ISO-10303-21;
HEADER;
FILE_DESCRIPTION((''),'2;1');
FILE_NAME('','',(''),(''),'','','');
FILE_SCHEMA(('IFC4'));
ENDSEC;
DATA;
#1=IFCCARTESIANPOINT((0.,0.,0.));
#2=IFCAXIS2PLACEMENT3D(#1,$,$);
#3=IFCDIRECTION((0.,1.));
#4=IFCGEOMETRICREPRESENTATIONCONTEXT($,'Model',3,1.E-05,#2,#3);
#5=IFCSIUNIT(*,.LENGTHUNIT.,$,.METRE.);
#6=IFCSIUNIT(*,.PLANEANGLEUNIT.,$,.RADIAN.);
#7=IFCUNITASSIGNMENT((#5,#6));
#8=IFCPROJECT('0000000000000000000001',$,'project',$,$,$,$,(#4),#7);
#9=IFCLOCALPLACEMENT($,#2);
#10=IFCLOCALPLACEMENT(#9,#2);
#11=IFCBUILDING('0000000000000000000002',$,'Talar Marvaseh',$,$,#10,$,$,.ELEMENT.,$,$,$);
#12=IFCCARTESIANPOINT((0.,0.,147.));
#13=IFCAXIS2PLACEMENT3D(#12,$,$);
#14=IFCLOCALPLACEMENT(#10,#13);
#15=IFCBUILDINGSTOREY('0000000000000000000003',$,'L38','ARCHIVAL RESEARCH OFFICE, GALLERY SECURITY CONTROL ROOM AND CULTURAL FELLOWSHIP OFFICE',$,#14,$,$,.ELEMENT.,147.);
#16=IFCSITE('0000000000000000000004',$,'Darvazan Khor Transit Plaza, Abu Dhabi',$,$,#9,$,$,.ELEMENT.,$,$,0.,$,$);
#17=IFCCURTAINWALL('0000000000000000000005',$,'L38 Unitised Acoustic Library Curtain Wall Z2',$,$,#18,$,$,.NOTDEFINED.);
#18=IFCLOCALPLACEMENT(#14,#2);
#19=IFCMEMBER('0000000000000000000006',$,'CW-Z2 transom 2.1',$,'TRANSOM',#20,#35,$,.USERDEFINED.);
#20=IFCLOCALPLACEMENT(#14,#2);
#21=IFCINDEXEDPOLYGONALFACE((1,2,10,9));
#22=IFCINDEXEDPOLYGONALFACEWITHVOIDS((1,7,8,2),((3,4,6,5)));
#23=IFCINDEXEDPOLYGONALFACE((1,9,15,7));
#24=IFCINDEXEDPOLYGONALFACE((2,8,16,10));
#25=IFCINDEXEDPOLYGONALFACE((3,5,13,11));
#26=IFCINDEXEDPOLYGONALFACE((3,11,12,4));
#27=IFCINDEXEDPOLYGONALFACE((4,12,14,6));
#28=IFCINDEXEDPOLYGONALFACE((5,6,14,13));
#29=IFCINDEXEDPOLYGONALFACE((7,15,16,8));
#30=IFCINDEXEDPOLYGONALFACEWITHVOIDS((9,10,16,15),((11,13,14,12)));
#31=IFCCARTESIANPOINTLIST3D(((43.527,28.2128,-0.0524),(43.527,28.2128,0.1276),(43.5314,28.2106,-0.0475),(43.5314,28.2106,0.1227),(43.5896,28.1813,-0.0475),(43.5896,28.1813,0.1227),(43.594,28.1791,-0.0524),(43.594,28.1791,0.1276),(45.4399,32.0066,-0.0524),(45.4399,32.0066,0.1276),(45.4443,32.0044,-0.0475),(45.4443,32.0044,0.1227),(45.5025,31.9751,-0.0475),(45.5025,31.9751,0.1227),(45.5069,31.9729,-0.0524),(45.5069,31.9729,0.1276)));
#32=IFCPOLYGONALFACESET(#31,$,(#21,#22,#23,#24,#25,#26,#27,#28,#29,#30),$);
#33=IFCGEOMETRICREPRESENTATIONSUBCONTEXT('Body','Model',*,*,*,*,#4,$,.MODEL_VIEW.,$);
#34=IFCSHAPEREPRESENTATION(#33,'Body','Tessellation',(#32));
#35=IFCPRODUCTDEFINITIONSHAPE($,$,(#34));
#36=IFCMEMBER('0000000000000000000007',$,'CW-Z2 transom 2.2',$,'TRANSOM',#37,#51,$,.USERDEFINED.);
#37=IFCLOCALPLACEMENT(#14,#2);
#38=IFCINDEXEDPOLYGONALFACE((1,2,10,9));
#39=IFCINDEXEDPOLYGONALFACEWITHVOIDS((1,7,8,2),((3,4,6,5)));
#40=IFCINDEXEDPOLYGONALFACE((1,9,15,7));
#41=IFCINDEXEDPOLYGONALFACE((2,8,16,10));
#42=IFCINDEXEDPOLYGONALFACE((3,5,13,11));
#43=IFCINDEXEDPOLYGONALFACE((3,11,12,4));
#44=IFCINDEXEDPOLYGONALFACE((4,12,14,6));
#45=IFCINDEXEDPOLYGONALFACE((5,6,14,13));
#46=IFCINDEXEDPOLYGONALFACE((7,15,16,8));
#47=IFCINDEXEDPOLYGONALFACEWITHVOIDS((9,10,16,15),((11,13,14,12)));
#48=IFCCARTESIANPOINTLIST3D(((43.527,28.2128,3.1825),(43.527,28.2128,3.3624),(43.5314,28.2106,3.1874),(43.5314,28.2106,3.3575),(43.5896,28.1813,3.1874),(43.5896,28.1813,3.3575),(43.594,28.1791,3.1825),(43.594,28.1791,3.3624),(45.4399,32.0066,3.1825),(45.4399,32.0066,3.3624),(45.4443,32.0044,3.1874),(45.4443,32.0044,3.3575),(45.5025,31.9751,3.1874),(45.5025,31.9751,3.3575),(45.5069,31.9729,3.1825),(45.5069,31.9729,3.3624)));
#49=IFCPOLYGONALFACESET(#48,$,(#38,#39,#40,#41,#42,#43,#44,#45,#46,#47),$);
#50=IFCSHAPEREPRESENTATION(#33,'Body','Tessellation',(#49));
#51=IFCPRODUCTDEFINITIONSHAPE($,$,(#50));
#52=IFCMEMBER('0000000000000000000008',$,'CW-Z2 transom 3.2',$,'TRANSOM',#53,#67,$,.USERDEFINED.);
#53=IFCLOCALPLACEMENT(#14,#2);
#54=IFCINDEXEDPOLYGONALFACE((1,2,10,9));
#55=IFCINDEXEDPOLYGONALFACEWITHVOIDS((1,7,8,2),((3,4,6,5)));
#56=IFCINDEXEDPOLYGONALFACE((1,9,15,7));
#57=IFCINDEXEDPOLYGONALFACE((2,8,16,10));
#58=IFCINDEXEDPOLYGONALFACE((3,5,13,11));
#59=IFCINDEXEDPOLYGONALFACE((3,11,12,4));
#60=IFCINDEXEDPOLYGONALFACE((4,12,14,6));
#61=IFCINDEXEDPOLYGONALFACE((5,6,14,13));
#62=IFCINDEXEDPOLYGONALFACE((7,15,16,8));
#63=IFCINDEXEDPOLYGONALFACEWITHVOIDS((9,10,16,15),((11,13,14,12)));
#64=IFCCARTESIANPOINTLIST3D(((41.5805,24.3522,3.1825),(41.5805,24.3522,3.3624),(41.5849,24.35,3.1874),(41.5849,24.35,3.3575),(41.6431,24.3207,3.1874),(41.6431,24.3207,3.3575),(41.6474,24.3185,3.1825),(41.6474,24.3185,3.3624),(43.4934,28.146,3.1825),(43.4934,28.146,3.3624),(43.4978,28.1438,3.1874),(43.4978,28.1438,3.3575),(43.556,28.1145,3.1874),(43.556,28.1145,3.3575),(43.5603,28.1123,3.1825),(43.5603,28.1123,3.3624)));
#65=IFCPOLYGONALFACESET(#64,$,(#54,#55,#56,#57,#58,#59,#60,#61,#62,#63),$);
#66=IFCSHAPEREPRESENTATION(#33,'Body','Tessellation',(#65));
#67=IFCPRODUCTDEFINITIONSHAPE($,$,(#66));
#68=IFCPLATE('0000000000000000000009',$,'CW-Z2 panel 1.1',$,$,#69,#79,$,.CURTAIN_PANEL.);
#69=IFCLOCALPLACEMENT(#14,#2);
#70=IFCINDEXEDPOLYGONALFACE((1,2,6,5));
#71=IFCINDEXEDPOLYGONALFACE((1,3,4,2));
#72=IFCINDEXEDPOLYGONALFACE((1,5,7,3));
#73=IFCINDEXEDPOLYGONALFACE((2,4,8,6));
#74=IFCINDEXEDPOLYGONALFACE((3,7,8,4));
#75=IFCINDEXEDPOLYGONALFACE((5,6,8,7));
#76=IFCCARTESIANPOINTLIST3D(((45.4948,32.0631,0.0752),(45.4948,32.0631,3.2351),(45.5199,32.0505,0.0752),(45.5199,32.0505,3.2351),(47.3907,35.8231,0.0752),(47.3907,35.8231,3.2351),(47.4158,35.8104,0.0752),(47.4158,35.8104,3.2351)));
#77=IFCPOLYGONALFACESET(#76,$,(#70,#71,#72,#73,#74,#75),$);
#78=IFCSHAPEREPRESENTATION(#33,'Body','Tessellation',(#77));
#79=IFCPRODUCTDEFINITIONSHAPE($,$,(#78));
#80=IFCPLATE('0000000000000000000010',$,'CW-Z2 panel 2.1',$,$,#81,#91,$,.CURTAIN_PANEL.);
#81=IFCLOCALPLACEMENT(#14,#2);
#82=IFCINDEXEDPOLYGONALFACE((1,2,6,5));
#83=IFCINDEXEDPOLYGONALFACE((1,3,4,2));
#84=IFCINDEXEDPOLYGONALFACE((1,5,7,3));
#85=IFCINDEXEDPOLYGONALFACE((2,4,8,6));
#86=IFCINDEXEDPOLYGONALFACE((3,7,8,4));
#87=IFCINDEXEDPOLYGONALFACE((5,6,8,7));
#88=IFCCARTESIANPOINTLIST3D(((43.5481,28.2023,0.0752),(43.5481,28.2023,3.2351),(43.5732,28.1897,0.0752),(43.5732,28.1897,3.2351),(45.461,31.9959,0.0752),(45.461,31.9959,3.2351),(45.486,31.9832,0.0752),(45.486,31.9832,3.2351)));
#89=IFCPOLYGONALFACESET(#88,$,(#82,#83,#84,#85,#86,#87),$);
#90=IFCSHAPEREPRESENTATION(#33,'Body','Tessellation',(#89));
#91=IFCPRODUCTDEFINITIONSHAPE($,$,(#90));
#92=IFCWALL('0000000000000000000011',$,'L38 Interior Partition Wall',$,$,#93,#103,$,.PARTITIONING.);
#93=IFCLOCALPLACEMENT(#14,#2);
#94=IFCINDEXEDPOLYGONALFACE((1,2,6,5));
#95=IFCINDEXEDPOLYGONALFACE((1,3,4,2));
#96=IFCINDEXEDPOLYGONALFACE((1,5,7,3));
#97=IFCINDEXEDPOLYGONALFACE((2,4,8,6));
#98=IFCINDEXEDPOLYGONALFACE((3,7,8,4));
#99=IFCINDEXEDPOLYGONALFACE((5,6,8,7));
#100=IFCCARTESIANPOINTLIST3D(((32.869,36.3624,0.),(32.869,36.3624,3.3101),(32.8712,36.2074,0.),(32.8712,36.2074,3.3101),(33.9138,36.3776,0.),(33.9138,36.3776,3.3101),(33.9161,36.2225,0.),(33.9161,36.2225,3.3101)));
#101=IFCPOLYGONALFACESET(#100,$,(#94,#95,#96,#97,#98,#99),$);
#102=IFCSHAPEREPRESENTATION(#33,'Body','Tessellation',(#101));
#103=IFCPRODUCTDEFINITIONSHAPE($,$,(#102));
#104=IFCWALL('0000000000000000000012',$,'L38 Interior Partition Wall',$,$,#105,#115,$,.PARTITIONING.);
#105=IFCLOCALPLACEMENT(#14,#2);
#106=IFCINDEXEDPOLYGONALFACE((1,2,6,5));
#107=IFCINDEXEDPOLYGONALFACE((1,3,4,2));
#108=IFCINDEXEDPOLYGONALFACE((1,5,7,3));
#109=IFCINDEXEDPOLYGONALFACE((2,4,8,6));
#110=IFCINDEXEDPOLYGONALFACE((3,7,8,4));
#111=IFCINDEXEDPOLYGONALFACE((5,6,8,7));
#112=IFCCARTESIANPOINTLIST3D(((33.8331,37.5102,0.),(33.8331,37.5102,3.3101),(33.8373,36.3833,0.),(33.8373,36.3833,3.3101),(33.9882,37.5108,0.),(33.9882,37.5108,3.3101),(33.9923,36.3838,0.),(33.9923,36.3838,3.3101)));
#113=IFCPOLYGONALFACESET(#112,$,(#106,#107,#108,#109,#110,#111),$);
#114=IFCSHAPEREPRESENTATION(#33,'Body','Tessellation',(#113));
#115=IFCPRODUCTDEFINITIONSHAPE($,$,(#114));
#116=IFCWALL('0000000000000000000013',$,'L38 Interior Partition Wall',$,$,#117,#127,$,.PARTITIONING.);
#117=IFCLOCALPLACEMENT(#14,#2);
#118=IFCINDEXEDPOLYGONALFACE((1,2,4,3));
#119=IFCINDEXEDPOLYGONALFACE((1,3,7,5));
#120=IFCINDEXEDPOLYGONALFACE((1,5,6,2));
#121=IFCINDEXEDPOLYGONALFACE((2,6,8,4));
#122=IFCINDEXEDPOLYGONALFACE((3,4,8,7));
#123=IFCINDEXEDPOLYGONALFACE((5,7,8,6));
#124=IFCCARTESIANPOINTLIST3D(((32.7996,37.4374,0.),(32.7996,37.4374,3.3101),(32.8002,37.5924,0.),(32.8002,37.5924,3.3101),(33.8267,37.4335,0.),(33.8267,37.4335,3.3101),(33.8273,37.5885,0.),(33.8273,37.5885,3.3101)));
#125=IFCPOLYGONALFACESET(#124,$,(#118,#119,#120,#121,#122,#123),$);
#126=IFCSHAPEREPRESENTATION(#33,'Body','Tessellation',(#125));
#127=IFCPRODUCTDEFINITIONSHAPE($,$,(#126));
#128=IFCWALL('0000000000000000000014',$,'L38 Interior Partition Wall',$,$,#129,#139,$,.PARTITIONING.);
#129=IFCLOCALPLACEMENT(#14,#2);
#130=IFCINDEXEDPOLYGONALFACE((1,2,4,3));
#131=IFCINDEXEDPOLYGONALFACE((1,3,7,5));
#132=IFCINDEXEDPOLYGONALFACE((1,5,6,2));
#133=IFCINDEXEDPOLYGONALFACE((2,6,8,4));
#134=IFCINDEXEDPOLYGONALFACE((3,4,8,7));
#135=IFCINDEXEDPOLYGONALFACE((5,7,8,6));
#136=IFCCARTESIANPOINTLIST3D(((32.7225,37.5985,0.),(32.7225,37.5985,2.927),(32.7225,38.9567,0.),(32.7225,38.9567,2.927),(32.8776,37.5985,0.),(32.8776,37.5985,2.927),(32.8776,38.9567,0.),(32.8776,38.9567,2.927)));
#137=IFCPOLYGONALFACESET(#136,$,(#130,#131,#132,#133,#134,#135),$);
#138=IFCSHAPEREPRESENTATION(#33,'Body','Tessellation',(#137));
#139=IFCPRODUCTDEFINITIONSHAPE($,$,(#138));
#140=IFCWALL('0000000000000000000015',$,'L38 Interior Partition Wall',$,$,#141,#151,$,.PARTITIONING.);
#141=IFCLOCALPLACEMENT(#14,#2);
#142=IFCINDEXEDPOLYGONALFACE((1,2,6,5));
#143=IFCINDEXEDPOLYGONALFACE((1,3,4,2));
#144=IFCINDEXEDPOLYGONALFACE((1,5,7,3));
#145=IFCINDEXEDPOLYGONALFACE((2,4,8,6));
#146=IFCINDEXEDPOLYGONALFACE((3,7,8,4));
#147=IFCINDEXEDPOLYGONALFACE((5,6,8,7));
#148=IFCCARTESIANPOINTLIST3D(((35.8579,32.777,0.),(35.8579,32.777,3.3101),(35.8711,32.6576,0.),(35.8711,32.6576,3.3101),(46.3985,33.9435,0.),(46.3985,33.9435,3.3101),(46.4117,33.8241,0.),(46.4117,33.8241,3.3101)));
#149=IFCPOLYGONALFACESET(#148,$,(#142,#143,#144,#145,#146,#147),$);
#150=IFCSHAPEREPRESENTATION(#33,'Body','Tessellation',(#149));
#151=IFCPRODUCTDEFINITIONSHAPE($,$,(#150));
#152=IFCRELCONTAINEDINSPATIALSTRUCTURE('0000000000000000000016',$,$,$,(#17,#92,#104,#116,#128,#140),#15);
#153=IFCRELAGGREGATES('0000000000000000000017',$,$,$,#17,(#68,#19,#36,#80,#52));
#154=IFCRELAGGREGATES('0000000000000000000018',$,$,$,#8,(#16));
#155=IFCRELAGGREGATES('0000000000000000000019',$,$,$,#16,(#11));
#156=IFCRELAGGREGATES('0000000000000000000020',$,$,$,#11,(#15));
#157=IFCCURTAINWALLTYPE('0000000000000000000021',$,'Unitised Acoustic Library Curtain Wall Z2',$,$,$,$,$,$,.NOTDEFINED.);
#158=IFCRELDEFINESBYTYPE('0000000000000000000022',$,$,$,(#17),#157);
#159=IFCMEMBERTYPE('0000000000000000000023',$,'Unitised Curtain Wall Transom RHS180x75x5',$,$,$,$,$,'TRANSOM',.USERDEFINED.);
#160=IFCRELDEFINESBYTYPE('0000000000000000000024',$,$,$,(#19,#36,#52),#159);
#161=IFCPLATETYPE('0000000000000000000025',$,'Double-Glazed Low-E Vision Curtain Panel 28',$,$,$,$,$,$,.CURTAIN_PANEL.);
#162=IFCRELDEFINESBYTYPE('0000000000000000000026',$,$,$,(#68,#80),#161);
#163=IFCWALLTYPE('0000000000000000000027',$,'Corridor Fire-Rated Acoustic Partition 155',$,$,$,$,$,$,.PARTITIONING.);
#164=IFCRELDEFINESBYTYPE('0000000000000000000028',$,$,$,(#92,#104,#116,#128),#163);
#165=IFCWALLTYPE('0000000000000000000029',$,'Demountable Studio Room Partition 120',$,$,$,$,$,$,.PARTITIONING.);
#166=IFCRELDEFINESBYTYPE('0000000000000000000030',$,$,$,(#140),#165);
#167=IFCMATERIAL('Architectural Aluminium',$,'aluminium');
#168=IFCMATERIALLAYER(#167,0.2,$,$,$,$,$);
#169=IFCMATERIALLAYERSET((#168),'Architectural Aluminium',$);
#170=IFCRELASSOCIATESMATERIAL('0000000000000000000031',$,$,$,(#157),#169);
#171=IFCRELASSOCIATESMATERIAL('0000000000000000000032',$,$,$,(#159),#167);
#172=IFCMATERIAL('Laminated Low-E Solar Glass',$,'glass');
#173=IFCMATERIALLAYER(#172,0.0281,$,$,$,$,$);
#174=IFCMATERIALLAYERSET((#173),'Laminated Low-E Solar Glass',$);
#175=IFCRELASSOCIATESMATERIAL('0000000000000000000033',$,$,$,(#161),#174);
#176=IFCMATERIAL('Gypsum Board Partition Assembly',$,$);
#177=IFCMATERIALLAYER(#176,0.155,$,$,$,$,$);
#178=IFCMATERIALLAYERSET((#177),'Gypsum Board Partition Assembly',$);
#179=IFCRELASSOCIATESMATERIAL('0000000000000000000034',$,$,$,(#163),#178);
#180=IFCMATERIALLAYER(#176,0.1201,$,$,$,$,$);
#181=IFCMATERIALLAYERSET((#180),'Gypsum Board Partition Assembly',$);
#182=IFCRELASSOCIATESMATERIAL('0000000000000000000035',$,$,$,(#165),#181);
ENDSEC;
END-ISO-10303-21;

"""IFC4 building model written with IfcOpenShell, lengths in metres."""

from ifc_helpers import new_model, si_unit, direction, frame, frame_2d, origin, origin_2d, place, context, subcontext, project, spatial, rectangle, hollow_rectangle, extrude, source, transform, mapped, material, layer, layer_set, material_profile, profile_set, type_object, type_shapes, element, aggregate, save


model = new_model("IFC4")

# Units and contexts
model_context = context("Model", 3, precision=1e-05, world=origin(), true_north=direction((0.0, 1.0)))
body_context = subcontext(model_context, "Body", "Model", "MODEL_VIEW")
ifc_project = project(units=[si_unit("LENGTHUNIT", "METRE"), si_unit("PLANEANGLEUNIT", "RADIAN")], contexts=[model_context])

# Site, building, storey
site_placement = place(None, origin())
site = spatial("IfcSite", under=ifc_project, at=site_placement, Name="Darvazan Khor Transit Plaza, Abu Dhabi", CompositionType="ELEMENT", RefElevation=0.0)
building_placement = place(site_placement, origin())
building = spatial("IfcBuilding", under=site, at=building_placement, Name="Talar Marvaseh", CompositionType="ELEMENT")
storey_placement = place(building_placement, frame((0.0, 0.0, 147.0)))
storey = spatial("IfcBuildingStorey", under=building, at=storey_placement, Name="L38", Description="ARCHIVAL RESEARCH OFFICE, GALLERY SECURITY CONTROL ROOM AND CULTURAL FELLOWSHIP OFFICE", CompositionType="ELEMENT", Elevation=147.0)

# Curtain wall, members, plates
ifc_material_1 = material(Name="Architectural Aluminium", Category="aluminium")
ifc_layer_1 = layer(ifc_material_1, 0.2)
ifc_layer_set_1 = layer_set([ifc_layer_1], Name="Architectural Aluminium")
curtain_wall_type = type_object("IfcCurtainWallType", Name="Unitised Acoustic Library Curtain Wall Z2", PredefinedType="NOTDEFINED", material=ifc_layer_set_1)
curtain_wall_placement = place(storey_placement, origin())
curtain_wall = element("IfcCurtainWall", 1, at=curtain_wall_placement, inside=storey, type_object=curtain_wall_type, Name="L38 Unitised Acoustic Library Curtain Wall Z2", PredefinedType="NOTDEFINED")
ifc_material_profile_1 = material_profile(ifc_material_1, hollow_rectangle(XDim=0.075, YDim=0.1799, WallThickness=0.0049, at=origin_2d()), Name="RHS180x75x5")
ifc_profile_set_1 = profile_set([ifc_material_profile_1], Name="Architectural Aluminium")
member_type_1 = type_object("IfcMemberType", Name="Unitised Curtain Wall Transom RHS180x75x5", ElementType="TRANSOM", PredefinedType="USERDEFINED", material=ifc_profile_set_1)
shared_shape_1 = source(origin(), body_context, "Body", "SweptSolid", [
    extrude(hollow_rectangle(XDim=0.075, YDim=0.1799, WallThickness=0.0049, at=origin_2d()), origin(), (0.0, 0.0, 1.0), 4.2488),
])
member_1_placement = place(storey_placement, frame((45.4734, 31.9897, 0.0376), z_axis=(-0.450222, -0.892917, 0.0), x_axis=(0.892917, -0.450222, 0.0)))
member_1 = element("IfcMember", 2, at=member_1_placement, type_object=member_type_1, Name="CW-Z2 transom 2.1", ObjectType="TRANSOM", PredefinedType="USERDEFINED", context=body_context, shape_type="MappedRepresentation", body=[
    mapped(shared_shape_1, transform((0.0, 0.0, 0.0), x_axis=(1.0, 0.0, 0.0), y_axis=(0.0, 1.0, 0.0), z_axis=(0.0, 0.0, 1.0), scale=1.0)),
])
member_2_placement = place(storey_placement, frame((45.4734, 31.9897, 3.2725), z_axis=(-0.450222, -0.892917, 0.0), x_axis=(0.892917, -0.450222, 0.0)))
member_2 = element("IfcMember", 3, at=member_2_placement, type_object=member_type_1, Name="CW-Z2 transom 2.2", ObjectType="TRANSOM", PredefinedType="USERDEFINED", context=body_context, shape_type="MappedRepresentation", body=[
    mapped(shared_shape_1, transform((0.0, 0.0, 0.0), x_axis=(1.0, 0.0, 0.0), y_axis=(0.0, 1.0, 0.0), z_axis=(0.0, 0.0, 1.0), scale=1.0)),
])
member_3_placement = place(storey_placement, frame((43.5269, 28.1292, 3.2725), z_axis=(-0.450222, -0.892917, 0.0), x_axis=(0.892917, -0.450222, 0.0)))
member_3 = element("IfcMember", 4, at=member_3_placement, type_object=member_type_1, Name="CW-Z2 transom 3.2", ObjectType="TRANSOM", PredefinedType="USERDEFINED", context=body_context, shape_type="MappedRepresentation", body=[
    mapped(shared_shape_1, transform((0.0, 0.0, 0.0), x_axis=(1.0, 0.0, 0.0), y_axis=(0.0, 1.0, 0.0), z_axis=(0.0, 0.0, 1.0), scale=1.0)),
])
ifc_material_2 = material(Name="Laminated Low-E Solar Glass", Category="glass")
ifc_layer_2 = layer(ifc_material_2, 0.0281)
ifc_layer_set_2 = layer_set([ifc_layer_2], Name="Laminated Low-E Solar Glass")
plate_type = type_object("IfcPlateType", Name="Double-Glazed Low-E Vision Curtain Panel 28", PredefinedType="CURTAIN_PANEL", material=ifc_layer_set_2)
shared_shape_2 = source(origin(), body_context, "Body", "SweptSolid", [
    extrude(rectangle(XDim=4.2109, YDim=0.0281, at=origin_2d()), origin(), (0.0, 0.0, 1.0), 3.1599),
])
plate_1_placement = place(storey_placement, frame((46.4553, 33.9368, 0.0752), z_axis=(0.0, 0.0, 1.0), x_axis=(-0.450236, -0.892909, 0.0)))
plate_1 = element("IfcPlate", 5, at=plate_1_placement, type_object=plate_type, Name="CW-Z2 panel 1.1", PredefinedType="CURTAIN_PANEL", context=body_context, shape_type="MappedRepresentation", body=[
    mapped(shared_shape_2, transform((0.0, 0.0, 0.0), x_axis=(1.0, 0.0, 0.0), y_axis=(0.0, 1.0, 0.0), z_axis=(0.0, 0.0, 1.0), scale=1.0)),
])
shared_shape_3 = source(origin(), body_context, "Body", "SweptSolid", [
    extrude(rectangle(XDim=4.2485, YDim=0.0281, at=origin_2d()), origin(), (0.0, 0.0, 1.0), 3.1599),
])
type_shapes(plate_type, [shared_shape_2, shared_shape_3])
plate_2_placement = place(storey_placement, frame((44.5171, 30.0928, 0.0752), z_axis=(0.0, 0.0, 1.0), x_axis=(-0.450236, -0.892909, 0.0)))
plate_2 = element("IfcPlate", 6, at=plate_2_placement, type_object=plate_type, Name="CW-Z2 panel 2.1", PredefinedType="CURTAIN_PANEL", context=body_context, shape_type="MappedRepresentation", body=[
    mapped(shared_shape_3, transform((0.0, 0.0, 0.0), x_axis=(1.0, 0.0, 0.0), y_axis=(0.0, 1.0, 0.0), z_axis=(0.0, 0.0, 1.0), scale=1.0)),
])
aggregate(curtain_wall, [plate_1, member_1, member_2, plate_2, member_3])

# Walls
ifc_material_3 = material(Name="Gypsum Board Partition Assembly")
ifc_layer_3 = layer(ifc_material_3, 0.155)
ifc_layer_set_3 = layer_set([ifc_layer_3], Name="Gypsum Board Partition Assembly")
wall_type_1 = type_object("IfcWallType", Name="Corridor Fire-Rated Acoustic Partition 155", PredefinedType="PARTITIONING", material=ifc_layer_set_3)
wall_1_placement = place(storey_placement, frame((32.8701, 36.2849, 0.0), z_axis=(0.0, 0.0, 1.0), x_axis=(0.999895, 0.014484, 0.0)))
element("IfcWall", 7, at=wall_1_placement, inside=storey, type_object=wall_type_1, Name="L38 Interior Partition Wall", PredefinedType="PARTITIONING", context=body_context, shape_type="SweptSolid", body=[
    extrude(rectangle(XDim=1.0449, YDim=0.155, at=frame_2d((0.5225, 0.0))), origin(), (0.0, 0.0, 1.0), 3.3101),
])
wall_2_placement = place(storey_placement, frame((33.9148, 36.3835, 0.0), z_axis=(0.0, 0.0, 1.0), x_axis=(-0.003683, 0.999993, 0.0)))
element("IfcWall", 8, at=wall_2_placement, inside=storey, type_object=wall_type_1, Name="L38 Interior Partition Wall", PredefinedType="PARTITIONING", context=body_context, shape_type="SweptSolid", body=[
    extrude(rectangle(XDim=1.127, YDim=0.155, at=frame_2d((0.5635, 0.0))), origin(), (0.0, 0.0, 1.0), 3.3101),
])
wall_3_placement = place(storey_placement, frame((33.8271, 37.511, 0.0), z_axis=(0.0, 0.0, 1.0), x_axis=(-0.999993, 0.003803, 0.0)))
element("IfcWall", 9, at=wall_3_placement, inside=storey, type_object=wall_type_1, Name="L38 Interior Partition Wall", PredefinedType="PARTITIONING", context=body_context, shape_type="SweptSolid", body=[
    extrude(rectangle(XDim=1.0271, YDim=0.155, at=frame_2d((0.5137, 0.0))), origin(), (0.0, 0.0, 1.0), 3.3101),
])
wall_4_placement = place(storey_placement, frame((32.8, 37.5984, 0.0), z_axis=(0.0, 0.0, 1.0), x_axis=(0.0, 1.0, 0.0)))
element("IfcWall", 10, at=wall_4_placement, inside=storey, type_object=wall_type_1, Name="L38 Interior Partition Wall", PredefinedType="PARTITIONING", context=body_context, shape_type="SweptSolid", body=[
    extrude(rectangle(XDim=1.3582, YDim=0.155, at=frame_2d((0.6792, 0.0))), origin(), (0.0, 0.0, 1.0), 2.927),
])
ifc_layer_4 = layer(ifc_material_3, 0.1201)
ifc_layer_set_4 = layer_set([ifc_layer_4], Name="Gypsum Board Partition Assembly")
wall_type_2 = type_object("IfcWallType", Name="Demountable Studio Room Partition 120", PredefinedType="PARTITIONING", material=ifc_layer_set_4)
wall_5_placement = place(storey_placement, frame((35.8645, 32.7173, 0.0), z_axis=(0.0, 0.0, 1.0), x_axis=(0.993932, 0.109997, 0.0)))
element("IfcWall", 11, at=wall_5_placement, inside=storey, type_object=wall_type_2, Name="L38 Interior Partition Wall", PredefinedType="PARTITIONING", context=body_context, shape_type="SweptSolid", body=[
    extrude(rectangle(XDim=10.605, YDim=0.1201, at=frame_2d((5.3025, 0.0))), origin(), (0.0, 0.0, 1.0), 3.3101),
])

save(model, "model.ifc")
